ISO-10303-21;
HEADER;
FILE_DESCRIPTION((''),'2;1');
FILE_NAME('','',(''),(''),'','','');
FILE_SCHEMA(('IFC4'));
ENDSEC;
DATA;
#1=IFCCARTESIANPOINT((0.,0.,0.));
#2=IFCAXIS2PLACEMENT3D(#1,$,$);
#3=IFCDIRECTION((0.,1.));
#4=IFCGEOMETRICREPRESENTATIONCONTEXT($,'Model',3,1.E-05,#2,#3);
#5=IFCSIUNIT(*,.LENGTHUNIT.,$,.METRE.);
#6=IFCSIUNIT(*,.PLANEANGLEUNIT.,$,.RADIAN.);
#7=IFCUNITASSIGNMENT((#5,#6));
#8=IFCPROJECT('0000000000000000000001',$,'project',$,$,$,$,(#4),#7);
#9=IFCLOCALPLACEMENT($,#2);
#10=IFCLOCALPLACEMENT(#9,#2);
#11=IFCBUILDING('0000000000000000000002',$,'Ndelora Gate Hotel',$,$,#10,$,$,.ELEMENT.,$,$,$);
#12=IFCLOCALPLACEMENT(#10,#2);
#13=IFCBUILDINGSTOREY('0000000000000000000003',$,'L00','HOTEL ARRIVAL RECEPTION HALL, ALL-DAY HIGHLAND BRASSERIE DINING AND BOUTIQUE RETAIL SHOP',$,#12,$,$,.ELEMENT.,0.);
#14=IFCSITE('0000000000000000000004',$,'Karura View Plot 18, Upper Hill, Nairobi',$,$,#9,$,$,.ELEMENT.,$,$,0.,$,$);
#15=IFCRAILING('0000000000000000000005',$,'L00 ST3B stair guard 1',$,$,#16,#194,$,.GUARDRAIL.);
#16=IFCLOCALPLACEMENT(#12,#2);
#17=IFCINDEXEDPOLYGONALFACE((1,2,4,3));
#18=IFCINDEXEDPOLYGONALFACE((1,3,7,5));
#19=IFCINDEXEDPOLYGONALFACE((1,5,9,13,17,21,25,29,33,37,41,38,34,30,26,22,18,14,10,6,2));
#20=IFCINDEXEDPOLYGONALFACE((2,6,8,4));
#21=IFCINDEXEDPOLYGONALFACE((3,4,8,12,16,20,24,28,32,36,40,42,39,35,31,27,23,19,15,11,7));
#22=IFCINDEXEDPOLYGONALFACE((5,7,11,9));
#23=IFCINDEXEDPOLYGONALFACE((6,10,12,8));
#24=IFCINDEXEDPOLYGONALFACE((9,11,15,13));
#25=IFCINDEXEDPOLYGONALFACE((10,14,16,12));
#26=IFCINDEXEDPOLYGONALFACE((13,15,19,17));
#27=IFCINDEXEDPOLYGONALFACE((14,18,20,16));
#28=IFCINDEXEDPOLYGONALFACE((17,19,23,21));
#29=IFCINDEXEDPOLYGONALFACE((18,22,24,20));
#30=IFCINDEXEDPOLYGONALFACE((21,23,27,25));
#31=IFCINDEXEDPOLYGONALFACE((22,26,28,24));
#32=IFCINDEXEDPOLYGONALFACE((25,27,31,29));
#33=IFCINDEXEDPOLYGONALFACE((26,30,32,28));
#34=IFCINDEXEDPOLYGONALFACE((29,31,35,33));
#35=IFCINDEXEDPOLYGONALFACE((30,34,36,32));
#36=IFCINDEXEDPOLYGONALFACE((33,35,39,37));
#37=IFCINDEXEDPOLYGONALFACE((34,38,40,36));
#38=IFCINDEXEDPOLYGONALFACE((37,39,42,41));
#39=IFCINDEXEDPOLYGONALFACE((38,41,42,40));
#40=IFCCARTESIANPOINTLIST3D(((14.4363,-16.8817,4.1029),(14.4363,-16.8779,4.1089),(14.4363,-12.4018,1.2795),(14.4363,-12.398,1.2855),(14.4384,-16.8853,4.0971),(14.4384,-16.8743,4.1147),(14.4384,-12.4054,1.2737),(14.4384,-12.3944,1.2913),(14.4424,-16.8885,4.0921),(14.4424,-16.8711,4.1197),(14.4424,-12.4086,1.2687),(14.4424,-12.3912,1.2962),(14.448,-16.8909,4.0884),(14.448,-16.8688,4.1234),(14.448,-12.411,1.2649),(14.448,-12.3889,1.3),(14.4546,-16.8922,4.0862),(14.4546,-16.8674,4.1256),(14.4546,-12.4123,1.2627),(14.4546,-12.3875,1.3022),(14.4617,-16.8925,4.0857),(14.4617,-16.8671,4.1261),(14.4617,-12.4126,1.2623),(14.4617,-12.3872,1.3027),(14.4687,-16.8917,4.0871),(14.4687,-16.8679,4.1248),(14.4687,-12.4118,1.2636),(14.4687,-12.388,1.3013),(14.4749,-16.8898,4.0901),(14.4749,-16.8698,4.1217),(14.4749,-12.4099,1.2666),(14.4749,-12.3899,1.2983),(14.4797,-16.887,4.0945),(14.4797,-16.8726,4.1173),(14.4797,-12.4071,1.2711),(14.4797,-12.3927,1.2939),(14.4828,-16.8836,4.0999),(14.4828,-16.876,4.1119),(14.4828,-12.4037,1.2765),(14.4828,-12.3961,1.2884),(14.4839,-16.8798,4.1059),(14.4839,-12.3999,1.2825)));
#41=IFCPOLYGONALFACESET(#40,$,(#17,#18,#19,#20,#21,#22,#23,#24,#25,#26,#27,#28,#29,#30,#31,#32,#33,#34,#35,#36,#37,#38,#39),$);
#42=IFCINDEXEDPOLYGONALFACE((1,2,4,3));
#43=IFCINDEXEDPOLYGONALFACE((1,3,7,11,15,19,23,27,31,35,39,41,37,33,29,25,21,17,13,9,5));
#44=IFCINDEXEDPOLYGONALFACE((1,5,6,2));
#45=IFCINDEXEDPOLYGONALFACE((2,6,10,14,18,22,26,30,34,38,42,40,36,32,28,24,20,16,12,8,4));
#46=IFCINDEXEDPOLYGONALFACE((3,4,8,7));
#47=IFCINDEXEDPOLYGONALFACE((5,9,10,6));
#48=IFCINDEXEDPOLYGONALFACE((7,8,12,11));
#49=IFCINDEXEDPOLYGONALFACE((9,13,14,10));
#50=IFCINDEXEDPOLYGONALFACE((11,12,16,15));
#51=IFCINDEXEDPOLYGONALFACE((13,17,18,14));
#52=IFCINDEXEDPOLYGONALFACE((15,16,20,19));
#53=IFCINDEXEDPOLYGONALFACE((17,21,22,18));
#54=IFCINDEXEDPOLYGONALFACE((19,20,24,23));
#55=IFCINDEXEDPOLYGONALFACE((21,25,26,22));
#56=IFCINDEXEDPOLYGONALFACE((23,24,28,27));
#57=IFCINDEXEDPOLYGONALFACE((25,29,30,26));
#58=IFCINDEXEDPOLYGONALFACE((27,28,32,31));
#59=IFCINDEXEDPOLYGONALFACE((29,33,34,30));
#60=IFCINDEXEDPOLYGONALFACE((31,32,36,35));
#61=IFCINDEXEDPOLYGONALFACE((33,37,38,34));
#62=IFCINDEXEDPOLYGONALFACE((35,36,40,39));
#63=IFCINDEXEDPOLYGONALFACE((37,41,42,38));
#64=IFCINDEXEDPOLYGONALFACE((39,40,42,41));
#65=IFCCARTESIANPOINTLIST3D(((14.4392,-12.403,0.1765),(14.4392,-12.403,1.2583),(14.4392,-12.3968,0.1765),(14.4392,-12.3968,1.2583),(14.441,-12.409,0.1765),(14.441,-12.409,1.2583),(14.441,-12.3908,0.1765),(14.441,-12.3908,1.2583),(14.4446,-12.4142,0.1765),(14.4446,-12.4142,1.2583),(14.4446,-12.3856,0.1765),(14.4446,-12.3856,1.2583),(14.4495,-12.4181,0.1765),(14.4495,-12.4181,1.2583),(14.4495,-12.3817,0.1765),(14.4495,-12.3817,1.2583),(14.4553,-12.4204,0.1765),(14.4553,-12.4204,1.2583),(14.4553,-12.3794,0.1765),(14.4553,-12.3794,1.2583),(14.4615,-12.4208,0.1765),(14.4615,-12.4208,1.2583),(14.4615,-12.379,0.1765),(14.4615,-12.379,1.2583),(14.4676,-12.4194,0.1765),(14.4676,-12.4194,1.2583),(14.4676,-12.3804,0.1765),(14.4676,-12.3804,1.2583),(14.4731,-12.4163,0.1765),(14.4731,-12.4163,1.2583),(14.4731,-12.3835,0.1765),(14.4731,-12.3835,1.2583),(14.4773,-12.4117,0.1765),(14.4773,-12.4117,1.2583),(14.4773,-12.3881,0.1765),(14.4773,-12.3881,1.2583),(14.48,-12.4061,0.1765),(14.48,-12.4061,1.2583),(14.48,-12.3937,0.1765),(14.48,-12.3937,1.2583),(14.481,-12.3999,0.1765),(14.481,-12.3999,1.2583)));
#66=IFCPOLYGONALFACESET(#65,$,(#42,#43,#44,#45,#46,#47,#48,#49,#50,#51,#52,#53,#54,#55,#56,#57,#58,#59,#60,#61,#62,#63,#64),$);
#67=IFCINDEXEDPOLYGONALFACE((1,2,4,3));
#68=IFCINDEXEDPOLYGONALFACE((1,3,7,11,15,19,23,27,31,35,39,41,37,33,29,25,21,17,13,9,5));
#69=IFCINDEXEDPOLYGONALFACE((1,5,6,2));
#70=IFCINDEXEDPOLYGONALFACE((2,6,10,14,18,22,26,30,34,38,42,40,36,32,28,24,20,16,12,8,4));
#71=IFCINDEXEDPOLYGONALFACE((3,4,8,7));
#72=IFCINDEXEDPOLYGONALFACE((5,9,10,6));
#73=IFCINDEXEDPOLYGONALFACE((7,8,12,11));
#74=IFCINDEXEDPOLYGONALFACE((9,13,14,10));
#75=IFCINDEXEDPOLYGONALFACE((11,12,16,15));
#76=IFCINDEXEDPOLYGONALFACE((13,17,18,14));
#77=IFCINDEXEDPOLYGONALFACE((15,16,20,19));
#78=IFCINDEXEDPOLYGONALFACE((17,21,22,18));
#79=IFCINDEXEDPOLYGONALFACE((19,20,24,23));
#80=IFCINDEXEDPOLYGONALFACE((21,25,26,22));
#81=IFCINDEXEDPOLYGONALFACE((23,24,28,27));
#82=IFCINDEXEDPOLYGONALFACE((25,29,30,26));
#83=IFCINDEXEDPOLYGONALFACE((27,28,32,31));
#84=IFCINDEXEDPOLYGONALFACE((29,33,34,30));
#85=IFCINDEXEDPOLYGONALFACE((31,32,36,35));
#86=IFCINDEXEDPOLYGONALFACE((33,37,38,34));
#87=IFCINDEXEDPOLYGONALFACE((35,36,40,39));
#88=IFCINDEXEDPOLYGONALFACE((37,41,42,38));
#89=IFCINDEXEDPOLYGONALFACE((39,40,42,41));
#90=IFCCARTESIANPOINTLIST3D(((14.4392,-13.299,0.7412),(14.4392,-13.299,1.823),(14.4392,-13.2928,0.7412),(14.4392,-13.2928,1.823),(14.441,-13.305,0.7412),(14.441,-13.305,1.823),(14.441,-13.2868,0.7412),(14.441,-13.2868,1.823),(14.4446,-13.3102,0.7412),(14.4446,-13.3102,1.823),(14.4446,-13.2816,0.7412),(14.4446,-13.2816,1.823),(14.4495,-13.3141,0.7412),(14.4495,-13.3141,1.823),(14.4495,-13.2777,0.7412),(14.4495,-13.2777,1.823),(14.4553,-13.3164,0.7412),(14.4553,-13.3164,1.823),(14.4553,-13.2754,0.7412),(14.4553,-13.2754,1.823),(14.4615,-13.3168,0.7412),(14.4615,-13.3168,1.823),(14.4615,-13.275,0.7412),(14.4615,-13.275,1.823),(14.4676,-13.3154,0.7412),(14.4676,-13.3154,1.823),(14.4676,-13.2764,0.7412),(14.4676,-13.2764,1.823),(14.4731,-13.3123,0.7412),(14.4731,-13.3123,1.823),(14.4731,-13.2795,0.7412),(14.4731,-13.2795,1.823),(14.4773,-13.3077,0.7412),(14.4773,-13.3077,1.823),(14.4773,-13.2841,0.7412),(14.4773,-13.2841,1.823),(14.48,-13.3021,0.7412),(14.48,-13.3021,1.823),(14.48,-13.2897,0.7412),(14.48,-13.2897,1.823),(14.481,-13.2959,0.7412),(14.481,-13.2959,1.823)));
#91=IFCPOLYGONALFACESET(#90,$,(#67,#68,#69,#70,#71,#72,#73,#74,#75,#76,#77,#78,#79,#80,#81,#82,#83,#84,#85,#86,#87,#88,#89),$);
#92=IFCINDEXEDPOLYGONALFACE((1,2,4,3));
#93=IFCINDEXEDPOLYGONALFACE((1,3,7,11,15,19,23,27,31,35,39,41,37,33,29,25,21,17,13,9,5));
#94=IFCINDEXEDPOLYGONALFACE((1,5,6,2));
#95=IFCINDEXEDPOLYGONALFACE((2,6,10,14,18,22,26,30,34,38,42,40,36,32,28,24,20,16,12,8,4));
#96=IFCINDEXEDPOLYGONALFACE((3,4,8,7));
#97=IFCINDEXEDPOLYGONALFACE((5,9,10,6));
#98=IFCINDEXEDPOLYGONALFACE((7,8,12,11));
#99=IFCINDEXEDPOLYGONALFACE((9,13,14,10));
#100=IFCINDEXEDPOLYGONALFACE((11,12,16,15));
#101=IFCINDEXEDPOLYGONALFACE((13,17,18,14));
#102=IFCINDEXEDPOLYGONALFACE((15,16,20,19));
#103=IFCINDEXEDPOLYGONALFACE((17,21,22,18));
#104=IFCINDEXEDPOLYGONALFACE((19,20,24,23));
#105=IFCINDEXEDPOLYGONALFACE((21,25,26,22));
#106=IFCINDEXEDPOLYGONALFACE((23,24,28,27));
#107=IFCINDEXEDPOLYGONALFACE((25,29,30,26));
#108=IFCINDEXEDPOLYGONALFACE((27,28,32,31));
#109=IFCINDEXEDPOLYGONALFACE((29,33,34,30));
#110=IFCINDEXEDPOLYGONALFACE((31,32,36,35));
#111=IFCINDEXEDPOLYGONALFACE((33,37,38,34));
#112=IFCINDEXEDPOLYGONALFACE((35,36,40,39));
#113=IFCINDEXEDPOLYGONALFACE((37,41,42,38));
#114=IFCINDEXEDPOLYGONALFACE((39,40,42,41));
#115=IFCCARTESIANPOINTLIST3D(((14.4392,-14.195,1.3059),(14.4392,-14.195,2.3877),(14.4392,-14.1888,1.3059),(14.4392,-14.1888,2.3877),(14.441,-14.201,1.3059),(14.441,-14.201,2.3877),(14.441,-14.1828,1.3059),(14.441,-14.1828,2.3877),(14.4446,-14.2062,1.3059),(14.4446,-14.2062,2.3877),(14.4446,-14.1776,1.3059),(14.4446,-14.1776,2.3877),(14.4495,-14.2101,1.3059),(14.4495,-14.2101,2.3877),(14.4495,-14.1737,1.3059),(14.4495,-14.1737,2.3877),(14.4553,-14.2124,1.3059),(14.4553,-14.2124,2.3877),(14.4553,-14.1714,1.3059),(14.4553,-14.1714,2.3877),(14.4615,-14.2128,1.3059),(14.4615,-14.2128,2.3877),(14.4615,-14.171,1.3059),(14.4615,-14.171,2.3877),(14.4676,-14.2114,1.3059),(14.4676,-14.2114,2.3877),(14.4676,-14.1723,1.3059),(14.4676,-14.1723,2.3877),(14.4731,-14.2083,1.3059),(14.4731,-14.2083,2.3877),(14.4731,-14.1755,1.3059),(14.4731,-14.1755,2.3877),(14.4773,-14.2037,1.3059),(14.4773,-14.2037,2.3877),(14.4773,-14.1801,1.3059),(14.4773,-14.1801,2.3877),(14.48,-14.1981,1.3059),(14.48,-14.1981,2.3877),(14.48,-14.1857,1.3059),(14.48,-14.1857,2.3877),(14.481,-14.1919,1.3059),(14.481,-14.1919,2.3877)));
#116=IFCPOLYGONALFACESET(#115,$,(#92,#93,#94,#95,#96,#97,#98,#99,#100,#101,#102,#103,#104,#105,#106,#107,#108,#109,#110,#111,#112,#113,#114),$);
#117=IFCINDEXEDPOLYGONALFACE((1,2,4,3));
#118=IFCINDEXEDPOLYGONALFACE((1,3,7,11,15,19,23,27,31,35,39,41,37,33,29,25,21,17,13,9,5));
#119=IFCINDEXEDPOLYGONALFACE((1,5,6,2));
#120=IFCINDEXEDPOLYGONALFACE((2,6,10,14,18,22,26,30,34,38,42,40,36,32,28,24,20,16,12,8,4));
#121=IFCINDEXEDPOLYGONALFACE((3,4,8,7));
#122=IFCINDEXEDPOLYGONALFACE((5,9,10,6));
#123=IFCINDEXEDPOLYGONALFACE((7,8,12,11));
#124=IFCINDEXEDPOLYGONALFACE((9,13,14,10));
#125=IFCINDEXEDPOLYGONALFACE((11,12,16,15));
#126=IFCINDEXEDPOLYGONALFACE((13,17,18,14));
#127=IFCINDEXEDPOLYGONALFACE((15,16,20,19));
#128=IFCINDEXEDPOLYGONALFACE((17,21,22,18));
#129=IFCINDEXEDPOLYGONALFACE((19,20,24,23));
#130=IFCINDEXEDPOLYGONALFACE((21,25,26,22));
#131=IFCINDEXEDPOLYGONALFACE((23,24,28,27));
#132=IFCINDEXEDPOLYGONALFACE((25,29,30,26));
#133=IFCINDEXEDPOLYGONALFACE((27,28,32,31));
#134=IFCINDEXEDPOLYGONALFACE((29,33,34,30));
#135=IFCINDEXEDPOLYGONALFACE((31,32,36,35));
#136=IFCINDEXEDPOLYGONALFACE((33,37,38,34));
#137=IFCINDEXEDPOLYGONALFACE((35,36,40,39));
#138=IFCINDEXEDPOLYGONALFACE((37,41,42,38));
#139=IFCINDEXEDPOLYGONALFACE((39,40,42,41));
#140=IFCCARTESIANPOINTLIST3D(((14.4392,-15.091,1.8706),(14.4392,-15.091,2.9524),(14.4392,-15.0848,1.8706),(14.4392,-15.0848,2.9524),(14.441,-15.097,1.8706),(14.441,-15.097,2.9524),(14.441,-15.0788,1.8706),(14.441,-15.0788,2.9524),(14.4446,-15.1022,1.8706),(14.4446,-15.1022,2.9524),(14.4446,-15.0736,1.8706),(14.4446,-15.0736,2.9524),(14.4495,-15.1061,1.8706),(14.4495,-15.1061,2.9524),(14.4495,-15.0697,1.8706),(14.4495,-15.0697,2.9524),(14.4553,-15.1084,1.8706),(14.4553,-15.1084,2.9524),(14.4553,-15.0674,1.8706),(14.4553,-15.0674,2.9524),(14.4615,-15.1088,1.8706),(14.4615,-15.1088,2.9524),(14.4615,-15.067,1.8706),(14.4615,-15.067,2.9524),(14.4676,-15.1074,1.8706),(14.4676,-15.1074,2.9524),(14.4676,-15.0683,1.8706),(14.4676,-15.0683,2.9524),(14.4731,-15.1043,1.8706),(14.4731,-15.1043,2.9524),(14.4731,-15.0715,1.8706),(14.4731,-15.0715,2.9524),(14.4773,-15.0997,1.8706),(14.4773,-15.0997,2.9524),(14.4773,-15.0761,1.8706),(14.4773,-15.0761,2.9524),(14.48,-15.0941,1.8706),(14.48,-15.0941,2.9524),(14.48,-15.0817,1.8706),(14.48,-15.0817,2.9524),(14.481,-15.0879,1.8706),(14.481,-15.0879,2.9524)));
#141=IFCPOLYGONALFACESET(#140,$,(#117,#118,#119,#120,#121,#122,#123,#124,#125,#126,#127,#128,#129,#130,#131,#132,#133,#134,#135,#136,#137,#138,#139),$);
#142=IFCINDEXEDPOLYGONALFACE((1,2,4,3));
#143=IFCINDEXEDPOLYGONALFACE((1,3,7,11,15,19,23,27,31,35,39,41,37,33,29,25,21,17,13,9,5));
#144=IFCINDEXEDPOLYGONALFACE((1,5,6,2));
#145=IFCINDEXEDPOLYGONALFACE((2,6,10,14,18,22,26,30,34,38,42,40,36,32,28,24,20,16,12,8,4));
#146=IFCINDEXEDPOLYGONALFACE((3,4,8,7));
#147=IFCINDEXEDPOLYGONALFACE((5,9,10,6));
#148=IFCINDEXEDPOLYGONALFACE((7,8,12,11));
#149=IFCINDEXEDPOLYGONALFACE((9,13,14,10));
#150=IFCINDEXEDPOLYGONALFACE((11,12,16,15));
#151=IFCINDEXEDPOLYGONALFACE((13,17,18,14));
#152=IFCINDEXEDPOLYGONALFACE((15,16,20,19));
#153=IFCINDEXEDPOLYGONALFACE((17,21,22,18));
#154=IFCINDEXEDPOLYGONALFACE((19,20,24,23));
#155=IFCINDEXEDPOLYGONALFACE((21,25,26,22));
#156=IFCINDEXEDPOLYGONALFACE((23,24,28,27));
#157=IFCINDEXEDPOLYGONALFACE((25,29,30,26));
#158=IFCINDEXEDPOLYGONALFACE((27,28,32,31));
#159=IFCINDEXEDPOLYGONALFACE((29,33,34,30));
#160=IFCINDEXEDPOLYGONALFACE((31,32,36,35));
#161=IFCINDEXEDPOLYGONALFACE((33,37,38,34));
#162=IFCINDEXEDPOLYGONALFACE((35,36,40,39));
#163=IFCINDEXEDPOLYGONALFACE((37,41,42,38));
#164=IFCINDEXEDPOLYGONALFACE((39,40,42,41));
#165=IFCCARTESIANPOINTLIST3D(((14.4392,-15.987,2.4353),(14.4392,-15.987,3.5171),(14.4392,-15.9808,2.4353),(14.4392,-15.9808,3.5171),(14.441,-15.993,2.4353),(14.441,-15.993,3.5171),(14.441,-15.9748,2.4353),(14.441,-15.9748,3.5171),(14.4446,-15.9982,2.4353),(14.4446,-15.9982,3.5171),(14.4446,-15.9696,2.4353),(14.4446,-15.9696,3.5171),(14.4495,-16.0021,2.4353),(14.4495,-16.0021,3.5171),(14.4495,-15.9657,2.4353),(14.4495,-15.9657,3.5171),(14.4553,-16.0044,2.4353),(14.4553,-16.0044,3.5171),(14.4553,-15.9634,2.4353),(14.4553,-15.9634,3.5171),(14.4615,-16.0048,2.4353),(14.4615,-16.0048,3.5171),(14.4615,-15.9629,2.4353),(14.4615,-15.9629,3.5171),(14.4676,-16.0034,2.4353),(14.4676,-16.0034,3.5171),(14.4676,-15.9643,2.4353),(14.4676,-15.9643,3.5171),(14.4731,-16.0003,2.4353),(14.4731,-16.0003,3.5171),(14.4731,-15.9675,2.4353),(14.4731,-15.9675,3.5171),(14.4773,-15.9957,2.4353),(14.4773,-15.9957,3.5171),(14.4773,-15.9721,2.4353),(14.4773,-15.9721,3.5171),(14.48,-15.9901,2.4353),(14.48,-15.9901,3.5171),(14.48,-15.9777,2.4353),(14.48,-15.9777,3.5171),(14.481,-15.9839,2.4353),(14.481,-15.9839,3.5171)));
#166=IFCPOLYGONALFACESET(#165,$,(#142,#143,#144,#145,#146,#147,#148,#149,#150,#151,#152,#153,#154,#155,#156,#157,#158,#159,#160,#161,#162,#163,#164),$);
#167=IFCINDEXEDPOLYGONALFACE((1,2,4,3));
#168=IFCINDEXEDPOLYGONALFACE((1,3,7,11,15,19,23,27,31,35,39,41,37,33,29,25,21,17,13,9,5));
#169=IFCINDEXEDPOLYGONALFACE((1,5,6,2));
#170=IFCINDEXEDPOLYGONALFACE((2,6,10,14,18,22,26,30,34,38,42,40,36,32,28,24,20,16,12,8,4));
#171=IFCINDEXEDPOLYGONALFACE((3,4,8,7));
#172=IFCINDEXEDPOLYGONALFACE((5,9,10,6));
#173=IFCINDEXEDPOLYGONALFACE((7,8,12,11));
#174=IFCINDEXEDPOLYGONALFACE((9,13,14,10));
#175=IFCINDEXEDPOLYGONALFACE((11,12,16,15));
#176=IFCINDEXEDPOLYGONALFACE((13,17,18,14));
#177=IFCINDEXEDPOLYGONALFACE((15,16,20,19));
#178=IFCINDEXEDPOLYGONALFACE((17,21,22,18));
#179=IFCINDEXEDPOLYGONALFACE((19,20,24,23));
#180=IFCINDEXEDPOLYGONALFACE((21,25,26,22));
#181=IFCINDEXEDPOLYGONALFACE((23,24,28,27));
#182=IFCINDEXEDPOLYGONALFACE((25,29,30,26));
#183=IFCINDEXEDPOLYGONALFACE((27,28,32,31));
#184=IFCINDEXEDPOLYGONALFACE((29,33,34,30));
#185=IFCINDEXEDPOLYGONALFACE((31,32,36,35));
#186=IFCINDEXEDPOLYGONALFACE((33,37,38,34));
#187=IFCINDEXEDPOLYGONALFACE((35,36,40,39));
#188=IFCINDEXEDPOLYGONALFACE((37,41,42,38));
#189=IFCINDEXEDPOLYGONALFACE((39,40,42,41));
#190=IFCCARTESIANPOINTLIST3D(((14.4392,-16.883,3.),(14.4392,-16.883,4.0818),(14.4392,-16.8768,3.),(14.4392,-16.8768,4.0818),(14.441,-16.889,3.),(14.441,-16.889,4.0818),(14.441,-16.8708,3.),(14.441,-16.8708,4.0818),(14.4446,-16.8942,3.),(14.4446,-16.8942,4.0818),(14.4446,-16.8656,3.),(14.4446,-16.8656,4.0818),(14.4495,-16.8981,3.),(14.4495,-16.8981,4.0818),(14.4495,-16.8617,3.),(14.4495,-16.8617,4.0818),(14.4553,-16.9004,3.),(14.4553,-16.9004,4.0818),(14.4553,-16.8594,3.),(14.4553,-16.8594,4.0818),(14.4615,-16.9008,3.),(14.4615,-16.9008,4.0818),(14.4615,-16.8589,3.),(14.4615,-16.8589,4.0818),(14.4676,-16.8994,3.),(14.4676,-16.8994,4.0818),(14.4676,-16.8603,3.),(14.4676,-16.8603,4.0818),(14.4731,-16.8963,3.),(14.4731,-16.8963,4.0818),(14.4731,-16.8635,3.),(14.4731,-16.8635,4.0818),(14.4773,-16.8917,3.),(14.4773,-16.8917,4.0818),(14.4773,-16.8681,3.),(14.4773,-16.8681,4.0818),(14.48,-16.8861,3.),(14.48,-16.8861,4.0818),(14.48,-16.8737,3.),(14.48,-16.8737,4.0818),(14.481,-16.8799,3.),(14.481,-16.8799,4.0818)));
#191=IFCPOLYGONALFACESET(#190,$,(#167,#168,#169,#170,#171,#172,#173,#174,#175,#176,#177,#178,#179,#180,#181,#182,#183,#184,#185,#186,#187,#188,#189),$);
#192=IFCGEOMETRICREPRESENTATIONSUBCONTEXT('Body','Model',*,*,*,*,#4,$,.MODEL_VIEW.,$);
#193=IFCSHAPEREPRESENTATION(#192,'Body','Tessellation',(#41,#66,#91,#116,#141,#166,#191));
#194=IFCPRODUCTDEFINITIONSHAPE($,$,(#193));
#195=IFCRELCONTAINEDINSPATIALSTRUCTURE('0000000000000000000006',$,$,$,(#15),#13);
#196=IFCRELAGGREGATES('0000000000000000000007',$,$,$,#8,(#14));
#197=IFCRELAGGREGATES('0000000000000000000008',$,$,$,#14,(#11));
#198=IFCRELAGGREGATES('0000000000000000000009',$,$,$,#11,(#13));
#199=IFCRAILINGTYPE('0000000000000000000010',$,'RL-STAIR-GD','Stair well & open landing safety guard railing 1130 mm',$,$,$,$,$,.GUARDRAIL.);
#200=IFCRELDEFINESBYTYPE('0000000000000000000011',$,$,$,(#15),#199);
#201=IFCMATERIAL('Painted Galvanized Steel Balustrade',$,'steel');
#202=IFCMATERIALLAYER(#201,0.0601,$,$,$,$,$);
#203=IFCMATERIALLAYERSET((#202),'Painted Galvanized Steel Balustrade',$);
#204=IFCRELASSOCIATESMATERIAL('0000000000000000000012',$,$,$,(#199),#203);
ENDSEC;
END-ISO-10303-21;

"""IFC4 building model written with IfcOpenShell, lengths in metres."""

from ifc_helpers import new_model, si_unit, direction, frame, origin, origin_2d, place, context, subcontext, project, spatial, circle, extrude, material, layer, layer_set, type_object, element, save


model = new_model("IFC4")

# Units and contexts
model_context = context("Model", 3, precision=1e-05, world=origin(), true_north=direction((0.0, 1.0)))
body_context = subcontext(model_context, "Body", "Model", "MODEL_VIEW")
ifc_project = project(units=[si_unit("LENGTHUNIT", "METRE"), si_unit("PLANEANGLEUNIT", "RADIAN")], contexts=[model_context])

# Site, building, storey
site_placement = place(None, origin())
site = spatial("IfcSite", under=ifc_project, at=site_placement, Name="Karura View Plot 18, Upper Hill, Nairobi", CompositionType="ELEMENT", RefElevation=0.0)
building_placement = place(site_placement, origin())
building = spatial("IfcBuilding", under=site, at=building_placement, Name="Ndelora Gate Hotel", CompositionType="ELEMENT")
storey_placement = place(building_placement, origin())
storey = spatial("IfcBuildingStorey", under=building, at=storey_placement, Name="L00", Description="HOTEL ARRIVAL RECEPTION HALL, ALL-DAY HIGHLAND BRASSERIE DINING AND BOUTIQUE RETAIL SHOP", CompositionType="ELEMENT", Elevation=0.0)

# Railing
ifc_material_1 = material(Name="Painted Galvanized Steel Balustrade", Category="steel")
ifc_layer_1 = layer(ifc_material_1, 0.0601)
ifc_layer_set_1 = layer_set([ifc_layer_1], Name="Painted Galvanized Steel Balustrade")
railing_type_1 = type_object("IfcRailingType", Name="RL-STAIR-GD", Description="Stair well & open landing safety guard railing 1130 mm", PredefinedType="GUARDRAIL", material=ifc_layer_set_1)
railing_1_placement = place(storey_placement, frame((14.46, -12.3999, 0.1765)))
element("IfcRailing", 1, at=railing_1_placement, inside=storey, type_object=railing_type_1, Name="L00 ST3B stair guard 1", PredefinedType="GUARDRAIL", context=body_context, shape_type="SweptSolid", body=[
    extrude(circle(Radius=0.0239, at=origin_2d()), frame((0.0, 0.0, 1.106), z_axis=(0.0, -0.845998, 0.533186), x_axis=(1.0, 0.0, 0.0)), (0.0, 0.0, 1.0), 5.2954),
    extrude(circle(Radius=0.021, at=origin_2d()), origin(), (0.0, 0.0, 1.0), 1.0818),
    extrude(circle(Radius=0.021, at=origin_2d()), frame((0.0, -0.896, 0.5647)), (0.0, 0.0, 1.0), 1.0818),
    extrude(circle(Radius=0.021, at=origin_2d()), frame((0.0, -1.792, 1.1294)), (0.0, 0.0, 1.0), 1.0818),
    extrude(circle(Radius=0.021, at=origin_2d()), frame((0.0, -2.688, 1.6941)), (0.0, 0.0, 1.0), 1.0818),
    extrude(circle(Radius=0.021, at=origin_2d()), frame((0.0, -3.584, 2.2588)), (0.0, 0.0, 1.0), 1.0818),
    extrude(circle(Radius=0.021, at=origin_2d()), frame((0.0, -4.48, 2.8235)), (0.0, 0.0, 1.0), 1.0818),
])

save(model, "model.ifc")
